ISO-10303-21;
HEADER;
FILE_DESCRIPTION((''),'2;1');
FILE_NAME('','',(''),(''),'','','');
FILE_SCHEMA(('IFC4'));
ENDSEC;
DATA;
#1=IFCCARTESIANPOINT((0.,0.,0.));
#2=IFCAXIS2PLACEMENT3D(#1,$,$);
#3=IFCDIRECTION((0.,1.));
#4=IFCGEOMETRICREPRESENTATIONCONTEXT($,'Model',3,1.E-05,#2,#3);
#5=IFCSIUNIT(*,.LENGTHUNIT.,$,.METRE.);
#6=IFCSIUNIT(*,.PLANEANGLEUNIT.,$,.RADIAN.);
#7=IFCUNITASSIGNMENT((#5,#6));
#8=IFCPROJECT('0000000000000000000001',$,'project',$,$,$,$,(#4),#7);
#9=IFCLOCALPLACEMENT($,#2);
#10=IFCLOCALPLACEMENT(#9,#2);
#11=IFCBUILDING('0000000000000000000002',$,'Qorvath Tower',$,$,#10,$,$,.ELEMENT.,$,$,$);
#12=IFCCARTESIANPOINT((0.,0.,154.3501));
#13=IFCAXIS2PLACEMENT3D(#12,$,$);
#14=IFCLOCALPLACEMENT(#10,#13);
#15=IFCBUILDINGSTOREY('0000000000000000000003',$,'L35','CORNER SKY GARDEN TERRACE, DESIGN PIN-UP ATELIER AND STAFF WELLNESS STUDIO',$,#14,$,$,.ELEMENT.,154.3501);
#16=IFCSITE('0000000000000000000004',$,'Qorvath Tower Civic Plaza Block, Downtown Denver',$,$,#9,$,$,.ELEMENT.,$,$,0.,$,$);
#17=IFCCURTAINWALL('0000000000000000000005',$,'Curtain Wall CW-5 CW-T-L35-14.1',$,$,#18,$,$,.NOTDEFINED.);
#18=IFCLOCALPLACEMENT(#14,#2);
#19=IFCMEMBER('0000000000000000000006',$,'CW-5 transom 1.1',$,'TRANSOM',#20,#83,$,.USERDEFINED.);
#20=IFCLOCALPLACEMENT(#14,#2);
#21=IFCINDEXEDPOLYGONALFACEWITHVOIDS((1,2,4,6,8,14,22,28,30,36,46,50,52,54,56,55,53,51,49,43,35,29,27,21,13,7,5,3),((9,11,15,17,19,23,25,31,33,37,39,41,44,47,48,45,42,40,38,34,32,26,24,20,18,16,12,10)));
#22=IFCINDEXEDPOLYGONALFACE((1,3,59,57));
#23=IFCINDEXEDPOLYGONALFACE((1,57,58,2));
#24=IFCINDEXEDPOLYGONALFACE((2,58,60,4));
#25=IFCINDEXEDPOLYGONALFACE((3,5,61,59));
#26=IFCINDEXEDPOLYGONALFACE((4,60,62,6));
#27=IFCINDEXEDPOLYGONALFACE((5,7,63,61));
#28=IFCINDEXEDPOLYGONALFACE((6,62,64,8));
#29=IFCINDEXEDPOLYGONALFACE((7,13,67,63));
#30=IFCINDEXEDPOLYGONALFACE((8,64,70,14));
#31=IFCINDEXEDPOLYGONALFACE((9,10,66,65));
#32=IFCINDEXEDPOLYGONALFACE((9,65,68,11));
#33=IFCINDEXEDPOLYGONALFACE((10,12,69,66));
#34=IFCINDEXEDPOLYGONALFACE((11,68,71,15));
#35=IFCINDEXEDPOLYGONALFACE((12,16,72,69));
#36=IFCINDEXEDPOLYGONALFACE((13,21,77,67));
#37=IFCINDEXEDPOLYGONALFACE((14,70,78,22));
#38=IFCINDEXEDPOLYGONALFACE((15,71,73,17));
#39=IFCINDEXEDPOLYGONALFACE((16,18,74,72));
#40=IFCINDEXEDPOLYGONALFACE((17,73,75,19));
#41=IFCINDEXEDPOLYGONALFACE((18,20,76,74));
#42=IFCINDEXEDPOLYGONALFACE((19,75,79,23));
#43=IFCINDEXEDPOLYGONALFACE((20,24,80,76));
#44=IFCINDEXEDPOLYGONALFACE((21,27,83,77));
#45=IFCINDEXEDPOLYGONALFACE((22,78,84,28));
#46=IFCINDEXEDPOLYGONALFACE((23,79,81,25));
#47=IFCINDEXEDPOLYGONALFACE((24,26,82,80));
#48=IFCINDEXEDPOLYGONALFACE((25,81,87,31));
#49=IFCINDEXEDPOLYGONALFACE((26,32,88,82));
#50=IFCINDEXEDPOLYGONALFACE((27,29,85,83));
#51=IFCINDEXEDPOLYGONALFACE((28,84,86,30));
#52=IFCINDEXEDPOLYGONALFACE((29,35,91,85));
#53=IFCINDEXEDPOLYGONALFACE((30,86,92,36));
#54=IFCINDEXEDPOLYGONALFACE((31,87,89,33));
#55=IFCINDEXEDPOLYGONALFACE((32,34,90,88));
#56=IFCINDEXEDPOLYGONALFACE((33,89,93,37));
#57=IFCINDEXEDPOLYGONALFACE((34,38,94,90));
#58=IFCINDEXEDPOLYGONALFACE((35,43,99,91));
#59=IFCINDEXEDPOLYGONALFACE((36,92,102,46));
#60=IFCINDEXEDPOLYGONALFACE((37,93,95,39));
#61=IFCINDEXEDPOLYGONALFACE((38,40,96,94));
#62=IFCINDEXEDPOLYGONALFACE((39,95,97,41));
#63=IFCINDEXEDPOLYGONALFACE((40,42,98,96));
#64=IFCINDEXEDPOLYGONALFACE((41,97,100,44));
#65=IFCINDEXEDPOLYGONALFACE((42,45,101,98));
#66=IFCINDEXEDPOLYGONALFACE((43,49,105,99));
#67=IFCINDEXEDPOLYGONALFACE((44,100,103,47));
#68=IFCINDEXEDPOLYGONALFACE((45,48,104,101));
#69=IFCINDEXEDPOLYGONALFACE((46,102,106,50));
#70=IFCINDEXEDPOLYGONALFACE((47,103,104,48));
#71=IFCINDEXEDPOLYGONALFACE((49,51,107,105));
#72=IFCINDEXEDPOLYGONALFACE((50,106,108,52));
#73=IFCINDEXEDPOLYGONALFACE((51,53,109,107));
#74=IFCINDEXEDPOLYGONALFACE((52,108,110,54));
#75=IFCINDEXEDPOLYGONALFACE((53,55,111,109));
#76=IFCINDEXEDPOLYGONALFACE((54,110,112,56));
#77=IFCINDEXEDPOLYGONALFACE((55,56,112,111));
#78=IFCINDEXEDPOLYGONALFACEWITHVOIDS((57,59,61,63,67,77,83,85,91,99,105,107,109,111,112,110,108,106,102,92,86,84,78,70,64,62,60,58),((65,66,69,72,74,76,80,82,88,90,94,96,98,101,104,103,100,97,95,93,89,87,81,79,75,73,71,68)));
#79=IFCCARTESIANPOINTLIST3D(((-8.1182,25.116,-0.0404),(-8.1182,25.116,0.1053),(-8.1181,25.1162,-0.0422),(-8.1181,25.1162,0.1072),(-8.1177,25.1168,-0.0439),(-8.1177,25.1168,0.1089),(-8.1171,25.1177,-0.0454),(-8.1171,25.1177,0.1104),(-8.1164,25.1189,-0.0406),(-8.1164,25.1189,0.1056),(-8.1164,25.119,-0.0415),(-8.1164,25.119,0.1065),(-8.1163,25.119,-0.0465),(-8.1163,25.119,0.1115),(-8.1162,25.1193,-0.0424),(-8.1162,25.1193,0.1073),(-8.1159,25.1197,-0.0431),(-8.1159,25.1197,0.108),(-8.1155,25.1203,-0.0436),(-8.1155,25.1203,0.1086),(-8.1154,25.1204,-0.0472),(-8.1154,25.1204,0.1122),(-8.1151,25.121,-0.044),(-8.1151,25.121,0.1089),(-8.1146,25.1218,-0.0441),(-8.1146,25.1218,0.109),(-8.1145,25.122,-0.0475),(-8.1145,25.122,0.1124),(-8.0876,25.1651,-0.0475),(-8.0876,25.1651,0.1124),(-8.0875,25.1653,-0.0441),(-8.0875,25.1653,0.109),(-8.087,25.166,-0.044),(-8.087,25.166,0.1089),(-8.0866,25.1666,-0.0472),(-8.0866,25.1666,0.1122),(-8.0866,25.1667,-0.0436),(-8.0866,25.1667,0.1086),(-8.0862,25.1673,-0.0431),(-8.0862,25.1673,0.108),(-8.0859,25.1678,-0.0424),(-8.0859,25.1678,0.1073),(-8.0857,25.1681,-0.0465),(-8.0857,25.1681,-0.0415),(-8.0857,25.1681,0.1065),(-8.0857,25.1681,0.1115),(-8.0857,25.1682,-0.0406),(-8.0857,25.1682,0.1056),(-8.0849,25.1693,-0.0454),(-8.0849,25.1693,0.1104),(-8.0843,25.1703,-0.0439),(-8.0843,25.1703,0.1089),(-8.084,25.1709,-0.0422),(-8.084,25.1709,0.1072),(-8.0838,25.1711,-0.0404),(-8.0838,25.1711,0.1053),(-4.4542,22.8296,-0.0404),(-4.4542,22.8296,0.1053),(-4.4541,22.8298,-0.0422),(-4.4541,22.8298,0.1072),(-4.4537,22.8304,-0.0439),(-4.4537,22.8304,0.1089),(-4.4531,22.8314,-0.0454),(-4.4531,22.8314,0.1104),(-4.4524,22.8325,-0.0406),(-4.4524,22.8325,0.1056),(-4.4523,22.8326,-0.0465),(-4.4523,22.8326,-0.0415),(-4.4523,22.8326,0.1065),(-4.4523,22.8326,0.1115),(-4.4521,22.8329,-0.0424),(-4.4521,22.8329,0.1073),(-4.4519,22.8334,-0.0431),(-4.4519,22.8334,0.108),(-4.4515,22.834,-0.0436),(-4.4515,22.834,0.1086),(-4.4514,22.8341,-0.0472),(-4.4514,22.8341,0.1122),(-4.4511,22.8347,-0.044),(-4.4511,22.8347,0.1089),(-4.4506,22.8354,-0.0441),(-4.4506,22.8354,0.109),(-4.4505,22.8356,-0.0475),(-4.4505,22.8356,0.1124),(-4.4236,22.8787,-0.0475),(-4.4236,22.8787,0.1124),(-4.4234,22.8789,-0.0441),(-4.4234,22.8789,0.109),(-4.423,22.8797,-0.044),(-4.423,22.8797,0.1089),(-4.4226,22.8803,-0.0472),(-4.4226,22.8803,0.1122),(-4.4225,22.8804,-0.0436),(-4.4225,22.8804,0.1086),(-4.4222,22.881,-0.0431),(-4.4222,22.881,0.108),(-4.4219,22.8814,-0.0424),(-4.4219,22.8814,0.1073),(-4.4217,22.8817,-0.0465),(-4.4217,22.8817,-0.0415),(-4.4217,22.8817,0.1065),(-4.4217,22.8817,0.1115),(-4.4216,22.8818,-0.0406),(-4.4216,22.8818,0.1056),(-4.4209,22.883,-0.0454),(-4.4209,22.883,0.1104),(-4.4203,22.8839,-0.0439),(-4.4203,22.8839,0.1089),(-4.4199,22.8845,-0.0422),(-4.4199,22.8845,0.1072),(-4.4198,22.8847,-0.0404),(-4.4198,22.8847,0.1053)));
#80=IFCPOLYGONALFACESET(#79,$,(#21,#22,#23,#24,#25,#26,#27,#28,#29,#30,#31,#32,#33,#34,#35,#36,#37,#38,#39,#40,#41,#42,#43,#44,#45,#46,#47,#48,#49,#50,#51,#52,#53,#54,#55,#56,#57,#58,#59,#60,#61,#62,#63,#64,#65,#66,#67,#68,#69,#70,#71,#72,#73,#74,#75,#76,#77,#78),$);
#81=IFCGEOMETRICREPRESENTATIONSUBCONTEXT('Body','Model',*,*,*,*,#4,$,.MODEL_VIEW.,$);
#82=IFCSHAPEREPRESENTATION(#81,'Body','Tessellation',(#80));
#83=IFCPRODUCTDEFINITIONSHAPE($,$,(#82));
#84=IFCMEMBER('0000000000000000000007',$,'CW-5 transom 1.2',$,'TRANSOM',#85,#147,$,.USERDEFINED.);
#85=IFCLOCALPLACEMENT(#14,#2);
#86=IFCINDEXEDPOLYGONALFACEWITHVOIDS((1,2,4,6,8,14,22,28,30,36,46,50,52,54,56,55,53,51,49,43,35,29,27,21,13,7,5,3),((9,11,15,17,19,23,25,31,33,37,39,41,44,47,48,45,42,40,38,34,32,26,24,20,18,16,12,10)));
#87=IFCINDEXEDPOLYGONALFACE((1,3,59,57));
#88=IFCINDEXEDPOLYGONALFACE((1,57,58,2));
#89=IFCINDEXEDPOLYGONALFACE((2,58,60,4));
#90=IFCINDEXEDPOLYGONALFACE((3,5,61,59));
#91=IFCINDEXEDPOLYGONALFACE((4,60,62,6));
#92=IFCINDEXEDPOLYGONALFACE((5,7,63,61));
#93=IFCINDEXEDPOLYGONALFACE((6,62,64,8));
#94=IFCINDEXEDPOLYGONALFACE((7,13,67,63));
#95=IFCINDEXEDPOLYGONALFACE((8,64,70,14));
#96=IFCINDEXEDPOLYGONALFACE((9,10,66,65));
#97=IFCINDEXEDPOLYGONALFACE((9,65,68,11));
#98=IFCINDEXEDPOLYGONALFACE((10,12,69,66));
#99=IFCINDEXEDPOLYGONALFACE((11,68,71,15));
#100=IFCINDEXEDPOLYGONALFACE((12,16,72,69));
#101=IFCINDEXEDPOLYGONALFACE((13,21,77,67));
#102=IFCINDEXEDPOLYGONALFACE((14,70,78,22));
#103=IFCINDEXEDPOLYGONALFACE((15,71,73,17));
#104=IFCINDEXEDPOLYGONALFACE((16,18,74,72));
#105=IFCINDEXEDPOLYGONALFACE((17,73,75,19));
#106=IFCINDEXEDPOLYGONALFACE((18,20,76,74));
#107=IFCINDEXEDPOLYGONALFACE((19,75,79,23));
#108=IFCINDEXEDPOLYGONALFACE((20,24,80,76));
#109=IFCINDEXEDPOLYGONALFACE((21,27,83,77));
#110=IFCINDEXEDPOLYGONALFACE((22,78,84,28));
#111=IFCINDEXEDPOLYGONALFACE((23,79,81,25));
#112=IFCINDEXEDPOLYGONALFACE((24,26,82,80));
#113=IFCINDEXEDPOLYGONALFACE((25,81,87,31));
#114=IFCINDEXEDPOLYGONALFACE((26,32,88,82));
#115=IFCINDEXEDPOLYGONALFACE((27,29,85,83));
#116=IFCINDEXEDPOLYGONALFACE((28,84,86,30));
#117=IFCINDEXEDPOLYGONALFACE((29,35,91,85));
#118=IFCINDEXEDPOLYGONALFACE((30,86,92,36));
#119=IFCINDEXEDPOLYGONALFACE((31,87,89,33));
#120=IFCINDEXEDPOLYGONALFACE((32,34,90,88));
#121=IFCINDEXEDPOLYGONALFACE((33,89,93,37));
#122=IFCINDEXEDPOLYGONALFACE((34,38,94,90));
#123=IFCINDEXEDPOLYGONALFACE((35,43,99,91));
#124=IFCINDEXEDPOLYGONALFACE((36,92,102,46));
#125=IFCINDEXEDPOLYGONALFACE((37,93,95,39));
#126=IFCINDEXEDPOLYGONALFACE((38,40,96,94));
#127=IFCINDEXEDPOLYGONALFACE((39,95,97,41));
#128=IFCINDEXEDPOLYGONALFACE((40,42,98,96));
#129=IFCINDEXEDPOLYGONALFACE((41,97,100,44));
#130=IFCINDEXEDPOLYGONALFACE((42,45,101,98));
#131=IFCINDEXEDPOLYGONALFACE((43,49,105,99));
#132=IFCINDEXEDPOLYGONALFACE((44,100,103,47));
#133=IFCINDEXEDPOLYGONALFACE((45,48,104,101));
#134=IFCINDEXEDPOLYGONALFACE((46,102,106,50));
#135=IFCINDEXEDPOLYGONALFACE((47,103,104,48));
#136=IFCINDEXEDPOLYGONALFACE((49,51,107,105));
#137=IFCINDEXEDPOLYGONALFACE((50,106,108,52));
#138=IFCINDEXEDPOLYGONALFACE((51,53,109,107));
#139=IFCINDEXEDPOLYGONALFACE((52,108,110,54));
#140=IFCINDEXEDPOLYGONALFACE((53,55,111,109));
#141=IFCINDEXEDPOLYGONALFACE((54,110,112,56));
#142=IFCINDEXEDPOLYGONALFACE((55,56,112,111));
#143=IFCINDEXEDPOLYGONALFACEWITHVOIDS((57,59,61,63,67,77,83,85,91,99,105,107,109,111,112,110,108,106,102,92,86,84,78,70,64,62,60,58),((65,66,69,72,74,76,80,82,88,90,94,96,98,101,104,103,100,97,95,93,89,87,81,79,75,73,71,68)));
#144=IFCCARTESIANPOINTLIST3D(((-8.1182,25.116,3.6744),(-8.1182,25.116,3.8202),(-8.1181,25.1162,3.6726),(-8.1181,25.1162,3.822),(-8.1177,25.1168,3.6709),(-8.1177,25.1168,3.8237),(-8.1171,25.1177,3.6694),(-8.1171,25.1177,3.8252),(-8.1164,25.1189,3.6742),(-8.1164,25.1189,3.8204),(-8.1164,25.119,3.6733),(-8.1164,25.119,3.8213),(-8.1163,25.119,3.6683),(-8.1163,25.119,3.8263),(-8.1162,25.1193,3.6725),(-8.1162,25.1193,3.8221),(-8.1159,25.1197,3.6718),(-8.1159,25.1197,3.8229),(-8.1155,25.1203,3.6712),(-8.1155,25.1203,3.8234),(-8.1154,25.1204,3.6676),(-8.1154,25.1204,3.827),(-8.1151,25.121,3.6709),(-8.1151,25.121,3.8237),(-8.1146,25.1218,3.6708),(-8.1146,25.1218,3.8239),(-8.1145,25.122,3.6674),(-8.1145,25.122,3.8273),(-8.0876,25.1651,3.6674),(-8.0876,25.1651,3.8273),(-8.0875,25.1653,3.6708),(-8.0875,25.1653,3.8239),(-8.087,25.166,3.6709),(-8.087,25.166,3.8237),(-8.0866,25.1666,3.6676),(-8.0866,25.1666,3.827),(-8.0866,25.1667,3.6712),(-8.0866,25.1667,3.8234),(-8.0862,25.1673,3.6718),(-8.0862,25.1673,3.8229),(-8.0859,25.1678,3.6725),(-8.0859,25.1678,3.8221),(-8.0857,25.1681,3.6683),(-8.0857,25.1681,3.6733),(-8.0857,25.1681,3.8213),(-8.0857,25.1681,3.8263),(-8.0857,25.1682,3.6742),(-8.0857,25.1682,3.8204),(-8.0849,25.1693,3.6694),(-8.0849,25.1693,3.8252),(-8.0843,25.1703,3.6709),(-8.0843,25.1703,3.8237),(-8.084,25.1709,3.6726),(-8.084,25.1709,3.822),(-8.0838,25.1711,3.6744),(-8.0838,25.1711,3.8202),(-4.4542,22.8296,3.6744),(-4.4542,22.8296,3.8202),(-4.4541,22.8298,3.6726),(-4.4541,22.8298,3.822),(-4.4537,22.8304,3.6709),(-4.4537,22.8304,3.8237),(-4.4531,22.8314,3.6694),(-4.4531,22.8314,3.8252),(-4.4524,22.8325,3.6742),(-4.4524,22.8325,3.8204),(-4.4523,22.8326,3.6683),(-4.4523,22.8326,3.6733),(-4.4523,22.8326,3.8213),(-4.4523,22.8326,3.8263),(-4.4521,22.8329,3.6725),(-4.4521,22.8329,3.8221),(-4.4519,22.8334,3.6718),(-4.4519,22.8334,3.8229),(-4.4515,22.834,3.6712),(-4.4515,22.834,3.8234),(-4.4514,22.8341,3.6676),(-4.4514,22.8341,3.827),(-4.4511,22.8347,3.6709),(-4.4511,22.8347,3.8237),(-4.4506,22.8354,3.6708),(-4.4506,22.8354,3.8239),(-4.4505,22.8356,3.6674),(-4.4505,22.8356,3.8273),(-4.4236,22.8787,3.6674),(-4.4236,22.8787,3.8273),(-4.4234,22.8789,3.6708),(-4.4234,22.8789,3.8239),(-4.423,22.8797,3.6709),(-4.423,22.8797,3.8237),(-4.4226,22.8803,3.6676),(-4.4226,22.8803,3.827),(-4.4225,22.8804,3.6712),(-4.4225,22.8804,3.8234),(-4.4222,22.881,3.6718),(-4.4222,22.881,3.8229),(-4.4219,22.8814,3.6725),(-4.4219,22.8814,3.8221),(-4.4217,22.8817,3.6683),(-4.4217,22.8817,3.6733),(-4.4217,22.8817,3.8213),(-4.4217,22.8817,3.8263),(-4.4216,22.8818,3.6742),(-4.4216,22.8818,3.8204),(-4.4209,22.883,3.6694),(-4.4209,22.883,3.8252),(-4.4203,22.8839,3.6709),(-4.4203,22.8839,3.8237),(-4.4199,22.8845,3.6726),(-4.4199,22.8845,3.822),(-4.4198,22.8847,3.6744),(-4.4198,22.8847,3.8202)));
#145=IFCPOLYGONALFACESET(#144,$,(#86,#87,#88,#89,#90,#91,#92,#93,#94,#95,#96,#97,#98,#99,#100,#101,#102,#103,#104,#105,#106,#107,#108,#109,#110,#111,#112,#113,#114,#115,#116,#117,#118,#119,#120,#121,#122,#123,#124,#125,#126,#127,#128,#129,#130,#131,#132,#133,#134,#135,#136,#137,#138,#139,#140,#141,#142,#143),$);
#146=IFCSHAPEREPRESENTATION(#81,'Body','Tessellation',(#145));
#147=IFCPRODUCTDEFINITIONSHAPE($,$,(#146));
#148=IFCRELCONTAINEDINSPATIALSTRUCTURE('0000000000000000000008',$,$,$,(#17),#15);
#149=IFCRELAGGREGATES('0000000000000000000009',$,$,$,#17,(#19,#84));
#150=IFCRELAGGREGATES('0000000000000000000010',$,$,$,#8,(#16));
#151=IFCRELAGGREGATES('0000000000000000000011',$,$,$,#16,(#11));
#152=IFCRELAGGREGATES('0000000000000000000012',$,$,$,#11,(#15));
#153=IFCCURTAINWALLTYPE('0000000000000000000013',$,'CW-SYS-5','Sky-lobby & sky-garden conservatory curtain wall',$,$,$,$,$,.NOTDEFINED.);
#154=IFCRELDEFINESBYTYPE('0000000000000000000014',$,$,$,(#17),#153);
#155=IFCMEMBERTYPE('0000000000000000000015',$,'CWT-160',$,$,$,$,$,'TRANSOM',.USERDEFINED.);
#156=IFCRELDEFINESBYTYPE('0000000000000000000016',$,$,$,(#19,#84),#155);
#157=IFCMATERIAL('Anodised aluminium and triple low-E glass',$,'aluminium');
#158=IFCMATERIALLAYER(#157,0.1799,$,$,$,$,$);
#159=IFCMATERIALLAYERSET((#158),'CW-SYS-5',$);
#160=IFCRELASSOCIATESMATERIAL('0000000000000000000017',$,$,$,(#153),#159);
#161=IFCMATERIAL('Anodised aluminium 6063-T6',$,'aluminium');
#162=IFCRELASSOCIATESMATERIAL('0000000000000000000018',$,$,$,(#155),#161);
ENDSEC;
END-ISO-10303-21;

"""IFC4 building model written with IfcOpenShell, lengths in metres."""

from ifc_helpers import new_model, si_unit, direction, frame, origin, origin_2d, place, context, subcontext, project, spatial, hollow_rectangle, extrude, material, layer, layer_set, material_profile, profile_set, type_object, element, aggregate, save


model = new_model("IFC4")

# Units and contexts
model_context = context("Model", 3, precision=1e-05, world=origin(), true_north=direction((0.0, 1.0)))
body_context = subcontext(model_context, "Body", "Model", "MODEL_VIEW")
ifc_project = project(units=[si_unit("LENGTHUNIT", "METRE"), si_unit("PLANEANGLEUNIT", "RADIAN")], contexts=[model_context])

# Site, building, storey
site_placement = place(None, origin())
site = spatial("IfcSite", under=ifc_project, at=site_placement, Name="Qorvath Tower Civic Plaza Block, Downtown Denver", CompositionType="ELEMENT", RefElevation=0.0)
building_placement = place(site_placement, origin())
building = spatial("IfcBuilding", under=site, at=building_placement, Name="Qorvath Tower", CompositionType="ELEMENT")
storey_placement = place(building_placement, frame((0.0, 0.0, 154.3501)))
storey = spatial("IfcBuildingStorey", under=building, at=storey_placement, Name="L35", Description="CORNER SKY GARDEN TERRACE, DESIGN PIN-UP ATELIER AND STAFF WELLNESS STUDIO", CompositionType="ELEMENT", Elevation=154.3501)

# Shared definitions
ifc_material_1 = material(Name="Anodised aluminium and triple low-E glass", Category="aluminium")
ifc_layer_1 = layer(ifc_material_1, 0.1799)
ifc_layer_set_1 = layer_set([ifc_layer_1], Name="CW-SYS-5")
curtain_wall_type = type_object("IfcCurtainWallType", Name="CW-SYS-5", Description="Sky-lobby & sky-garden conservatory curtain wall", PredefinedType="NOTDEFINED", material=ifc_layer_set_1)

# Curtain wall
curtain_wall_1_placement = place(storey_placement, origin())
curtain_wall_1 = element("IfcCurtainWall", 1, at=curtain_wall_1_placement, inside=storey, type_object=curtain_wall_type, Name="Curtain Wall CW-5 CW-T-L35-14.1", PredefinedType="NOTDEFINED")

# Members
ifc_material_2 = material(Name="Anodised aluminium 6063-T6", Category="aluminium")
ifc_material_profile_1 = material_profile(ifc_material_2, hollow_rectangle(XDim=0.0649, YDim=0.1599, WallThickness=0.0034, InnerFilletRadius=0.0034, OuterFilletRadius=0.0071, at=origin_2d()), Name="CWT 160x65")
ifc_profile_set_1 = profile_set([ifc_material_profile_1], Name="Anodised aluminium 6063-T6")
member_type_1 = type_object("IfcMemberType", Name="CWT-160", ElementType="TRANSOM", PredefinedType="USERDEFINED", material=ifc_profile_set_1)
member_1_placement = place(storey_placement, frame((-4.437, 22.8572, 0.0325), z_axis=(-0.848379, 0.529389, 0.0), x_axis=(-0.529389, -0.848379, 0.0)))
member_1 = element("IfcMember", 2, at=member_1_placement, type_object=member_type_1, Name="CW-5 transom 1.1", ObjectType="TRANSOM", PredefinedType="USERDEFINED", context=body_context, shape_type="SweptSolid", body=[
    extrude(hollow_rectangle(XDim=0.0649, YDim=0.1599, WallThickness=0.0034, InnerFilletRadius=0.0034, OuterFilletRadius=0.0071, at=origin_2d()), origin(), (0.0, 0.0, 1.0), 4.3188),
])
member_2_placement = place(storey_placement, frame((-4.437, 22.8572, 3.7473), z_axis=(-0.848379, 0.529389, 0.0), x_axis=(-0.529389, -0.848379, 0.0)))
member_2 = element("IfcMember", 3, at=member_2_placement, type_object=member_type_1, Name="CW-5 transom 1.2", ObjectType="TRANSOM", PredefinedType="USERDEFINED", context=body_context, shape_type="SweptSolid", body=[
    extrude(hollow_rectangle(XDim=0.0649, YDim=0.1599, WallThickness=0.0034, InnerFilletRadius=0.0034, OuterFilletRadius=0.0071, at=origin_2d()), origin(), (0.0, 0.0, 1.0), 4.3188),
])

aggregate(curtain_wall_1, [member_1, member_2])

save(model, "model.ifc")
